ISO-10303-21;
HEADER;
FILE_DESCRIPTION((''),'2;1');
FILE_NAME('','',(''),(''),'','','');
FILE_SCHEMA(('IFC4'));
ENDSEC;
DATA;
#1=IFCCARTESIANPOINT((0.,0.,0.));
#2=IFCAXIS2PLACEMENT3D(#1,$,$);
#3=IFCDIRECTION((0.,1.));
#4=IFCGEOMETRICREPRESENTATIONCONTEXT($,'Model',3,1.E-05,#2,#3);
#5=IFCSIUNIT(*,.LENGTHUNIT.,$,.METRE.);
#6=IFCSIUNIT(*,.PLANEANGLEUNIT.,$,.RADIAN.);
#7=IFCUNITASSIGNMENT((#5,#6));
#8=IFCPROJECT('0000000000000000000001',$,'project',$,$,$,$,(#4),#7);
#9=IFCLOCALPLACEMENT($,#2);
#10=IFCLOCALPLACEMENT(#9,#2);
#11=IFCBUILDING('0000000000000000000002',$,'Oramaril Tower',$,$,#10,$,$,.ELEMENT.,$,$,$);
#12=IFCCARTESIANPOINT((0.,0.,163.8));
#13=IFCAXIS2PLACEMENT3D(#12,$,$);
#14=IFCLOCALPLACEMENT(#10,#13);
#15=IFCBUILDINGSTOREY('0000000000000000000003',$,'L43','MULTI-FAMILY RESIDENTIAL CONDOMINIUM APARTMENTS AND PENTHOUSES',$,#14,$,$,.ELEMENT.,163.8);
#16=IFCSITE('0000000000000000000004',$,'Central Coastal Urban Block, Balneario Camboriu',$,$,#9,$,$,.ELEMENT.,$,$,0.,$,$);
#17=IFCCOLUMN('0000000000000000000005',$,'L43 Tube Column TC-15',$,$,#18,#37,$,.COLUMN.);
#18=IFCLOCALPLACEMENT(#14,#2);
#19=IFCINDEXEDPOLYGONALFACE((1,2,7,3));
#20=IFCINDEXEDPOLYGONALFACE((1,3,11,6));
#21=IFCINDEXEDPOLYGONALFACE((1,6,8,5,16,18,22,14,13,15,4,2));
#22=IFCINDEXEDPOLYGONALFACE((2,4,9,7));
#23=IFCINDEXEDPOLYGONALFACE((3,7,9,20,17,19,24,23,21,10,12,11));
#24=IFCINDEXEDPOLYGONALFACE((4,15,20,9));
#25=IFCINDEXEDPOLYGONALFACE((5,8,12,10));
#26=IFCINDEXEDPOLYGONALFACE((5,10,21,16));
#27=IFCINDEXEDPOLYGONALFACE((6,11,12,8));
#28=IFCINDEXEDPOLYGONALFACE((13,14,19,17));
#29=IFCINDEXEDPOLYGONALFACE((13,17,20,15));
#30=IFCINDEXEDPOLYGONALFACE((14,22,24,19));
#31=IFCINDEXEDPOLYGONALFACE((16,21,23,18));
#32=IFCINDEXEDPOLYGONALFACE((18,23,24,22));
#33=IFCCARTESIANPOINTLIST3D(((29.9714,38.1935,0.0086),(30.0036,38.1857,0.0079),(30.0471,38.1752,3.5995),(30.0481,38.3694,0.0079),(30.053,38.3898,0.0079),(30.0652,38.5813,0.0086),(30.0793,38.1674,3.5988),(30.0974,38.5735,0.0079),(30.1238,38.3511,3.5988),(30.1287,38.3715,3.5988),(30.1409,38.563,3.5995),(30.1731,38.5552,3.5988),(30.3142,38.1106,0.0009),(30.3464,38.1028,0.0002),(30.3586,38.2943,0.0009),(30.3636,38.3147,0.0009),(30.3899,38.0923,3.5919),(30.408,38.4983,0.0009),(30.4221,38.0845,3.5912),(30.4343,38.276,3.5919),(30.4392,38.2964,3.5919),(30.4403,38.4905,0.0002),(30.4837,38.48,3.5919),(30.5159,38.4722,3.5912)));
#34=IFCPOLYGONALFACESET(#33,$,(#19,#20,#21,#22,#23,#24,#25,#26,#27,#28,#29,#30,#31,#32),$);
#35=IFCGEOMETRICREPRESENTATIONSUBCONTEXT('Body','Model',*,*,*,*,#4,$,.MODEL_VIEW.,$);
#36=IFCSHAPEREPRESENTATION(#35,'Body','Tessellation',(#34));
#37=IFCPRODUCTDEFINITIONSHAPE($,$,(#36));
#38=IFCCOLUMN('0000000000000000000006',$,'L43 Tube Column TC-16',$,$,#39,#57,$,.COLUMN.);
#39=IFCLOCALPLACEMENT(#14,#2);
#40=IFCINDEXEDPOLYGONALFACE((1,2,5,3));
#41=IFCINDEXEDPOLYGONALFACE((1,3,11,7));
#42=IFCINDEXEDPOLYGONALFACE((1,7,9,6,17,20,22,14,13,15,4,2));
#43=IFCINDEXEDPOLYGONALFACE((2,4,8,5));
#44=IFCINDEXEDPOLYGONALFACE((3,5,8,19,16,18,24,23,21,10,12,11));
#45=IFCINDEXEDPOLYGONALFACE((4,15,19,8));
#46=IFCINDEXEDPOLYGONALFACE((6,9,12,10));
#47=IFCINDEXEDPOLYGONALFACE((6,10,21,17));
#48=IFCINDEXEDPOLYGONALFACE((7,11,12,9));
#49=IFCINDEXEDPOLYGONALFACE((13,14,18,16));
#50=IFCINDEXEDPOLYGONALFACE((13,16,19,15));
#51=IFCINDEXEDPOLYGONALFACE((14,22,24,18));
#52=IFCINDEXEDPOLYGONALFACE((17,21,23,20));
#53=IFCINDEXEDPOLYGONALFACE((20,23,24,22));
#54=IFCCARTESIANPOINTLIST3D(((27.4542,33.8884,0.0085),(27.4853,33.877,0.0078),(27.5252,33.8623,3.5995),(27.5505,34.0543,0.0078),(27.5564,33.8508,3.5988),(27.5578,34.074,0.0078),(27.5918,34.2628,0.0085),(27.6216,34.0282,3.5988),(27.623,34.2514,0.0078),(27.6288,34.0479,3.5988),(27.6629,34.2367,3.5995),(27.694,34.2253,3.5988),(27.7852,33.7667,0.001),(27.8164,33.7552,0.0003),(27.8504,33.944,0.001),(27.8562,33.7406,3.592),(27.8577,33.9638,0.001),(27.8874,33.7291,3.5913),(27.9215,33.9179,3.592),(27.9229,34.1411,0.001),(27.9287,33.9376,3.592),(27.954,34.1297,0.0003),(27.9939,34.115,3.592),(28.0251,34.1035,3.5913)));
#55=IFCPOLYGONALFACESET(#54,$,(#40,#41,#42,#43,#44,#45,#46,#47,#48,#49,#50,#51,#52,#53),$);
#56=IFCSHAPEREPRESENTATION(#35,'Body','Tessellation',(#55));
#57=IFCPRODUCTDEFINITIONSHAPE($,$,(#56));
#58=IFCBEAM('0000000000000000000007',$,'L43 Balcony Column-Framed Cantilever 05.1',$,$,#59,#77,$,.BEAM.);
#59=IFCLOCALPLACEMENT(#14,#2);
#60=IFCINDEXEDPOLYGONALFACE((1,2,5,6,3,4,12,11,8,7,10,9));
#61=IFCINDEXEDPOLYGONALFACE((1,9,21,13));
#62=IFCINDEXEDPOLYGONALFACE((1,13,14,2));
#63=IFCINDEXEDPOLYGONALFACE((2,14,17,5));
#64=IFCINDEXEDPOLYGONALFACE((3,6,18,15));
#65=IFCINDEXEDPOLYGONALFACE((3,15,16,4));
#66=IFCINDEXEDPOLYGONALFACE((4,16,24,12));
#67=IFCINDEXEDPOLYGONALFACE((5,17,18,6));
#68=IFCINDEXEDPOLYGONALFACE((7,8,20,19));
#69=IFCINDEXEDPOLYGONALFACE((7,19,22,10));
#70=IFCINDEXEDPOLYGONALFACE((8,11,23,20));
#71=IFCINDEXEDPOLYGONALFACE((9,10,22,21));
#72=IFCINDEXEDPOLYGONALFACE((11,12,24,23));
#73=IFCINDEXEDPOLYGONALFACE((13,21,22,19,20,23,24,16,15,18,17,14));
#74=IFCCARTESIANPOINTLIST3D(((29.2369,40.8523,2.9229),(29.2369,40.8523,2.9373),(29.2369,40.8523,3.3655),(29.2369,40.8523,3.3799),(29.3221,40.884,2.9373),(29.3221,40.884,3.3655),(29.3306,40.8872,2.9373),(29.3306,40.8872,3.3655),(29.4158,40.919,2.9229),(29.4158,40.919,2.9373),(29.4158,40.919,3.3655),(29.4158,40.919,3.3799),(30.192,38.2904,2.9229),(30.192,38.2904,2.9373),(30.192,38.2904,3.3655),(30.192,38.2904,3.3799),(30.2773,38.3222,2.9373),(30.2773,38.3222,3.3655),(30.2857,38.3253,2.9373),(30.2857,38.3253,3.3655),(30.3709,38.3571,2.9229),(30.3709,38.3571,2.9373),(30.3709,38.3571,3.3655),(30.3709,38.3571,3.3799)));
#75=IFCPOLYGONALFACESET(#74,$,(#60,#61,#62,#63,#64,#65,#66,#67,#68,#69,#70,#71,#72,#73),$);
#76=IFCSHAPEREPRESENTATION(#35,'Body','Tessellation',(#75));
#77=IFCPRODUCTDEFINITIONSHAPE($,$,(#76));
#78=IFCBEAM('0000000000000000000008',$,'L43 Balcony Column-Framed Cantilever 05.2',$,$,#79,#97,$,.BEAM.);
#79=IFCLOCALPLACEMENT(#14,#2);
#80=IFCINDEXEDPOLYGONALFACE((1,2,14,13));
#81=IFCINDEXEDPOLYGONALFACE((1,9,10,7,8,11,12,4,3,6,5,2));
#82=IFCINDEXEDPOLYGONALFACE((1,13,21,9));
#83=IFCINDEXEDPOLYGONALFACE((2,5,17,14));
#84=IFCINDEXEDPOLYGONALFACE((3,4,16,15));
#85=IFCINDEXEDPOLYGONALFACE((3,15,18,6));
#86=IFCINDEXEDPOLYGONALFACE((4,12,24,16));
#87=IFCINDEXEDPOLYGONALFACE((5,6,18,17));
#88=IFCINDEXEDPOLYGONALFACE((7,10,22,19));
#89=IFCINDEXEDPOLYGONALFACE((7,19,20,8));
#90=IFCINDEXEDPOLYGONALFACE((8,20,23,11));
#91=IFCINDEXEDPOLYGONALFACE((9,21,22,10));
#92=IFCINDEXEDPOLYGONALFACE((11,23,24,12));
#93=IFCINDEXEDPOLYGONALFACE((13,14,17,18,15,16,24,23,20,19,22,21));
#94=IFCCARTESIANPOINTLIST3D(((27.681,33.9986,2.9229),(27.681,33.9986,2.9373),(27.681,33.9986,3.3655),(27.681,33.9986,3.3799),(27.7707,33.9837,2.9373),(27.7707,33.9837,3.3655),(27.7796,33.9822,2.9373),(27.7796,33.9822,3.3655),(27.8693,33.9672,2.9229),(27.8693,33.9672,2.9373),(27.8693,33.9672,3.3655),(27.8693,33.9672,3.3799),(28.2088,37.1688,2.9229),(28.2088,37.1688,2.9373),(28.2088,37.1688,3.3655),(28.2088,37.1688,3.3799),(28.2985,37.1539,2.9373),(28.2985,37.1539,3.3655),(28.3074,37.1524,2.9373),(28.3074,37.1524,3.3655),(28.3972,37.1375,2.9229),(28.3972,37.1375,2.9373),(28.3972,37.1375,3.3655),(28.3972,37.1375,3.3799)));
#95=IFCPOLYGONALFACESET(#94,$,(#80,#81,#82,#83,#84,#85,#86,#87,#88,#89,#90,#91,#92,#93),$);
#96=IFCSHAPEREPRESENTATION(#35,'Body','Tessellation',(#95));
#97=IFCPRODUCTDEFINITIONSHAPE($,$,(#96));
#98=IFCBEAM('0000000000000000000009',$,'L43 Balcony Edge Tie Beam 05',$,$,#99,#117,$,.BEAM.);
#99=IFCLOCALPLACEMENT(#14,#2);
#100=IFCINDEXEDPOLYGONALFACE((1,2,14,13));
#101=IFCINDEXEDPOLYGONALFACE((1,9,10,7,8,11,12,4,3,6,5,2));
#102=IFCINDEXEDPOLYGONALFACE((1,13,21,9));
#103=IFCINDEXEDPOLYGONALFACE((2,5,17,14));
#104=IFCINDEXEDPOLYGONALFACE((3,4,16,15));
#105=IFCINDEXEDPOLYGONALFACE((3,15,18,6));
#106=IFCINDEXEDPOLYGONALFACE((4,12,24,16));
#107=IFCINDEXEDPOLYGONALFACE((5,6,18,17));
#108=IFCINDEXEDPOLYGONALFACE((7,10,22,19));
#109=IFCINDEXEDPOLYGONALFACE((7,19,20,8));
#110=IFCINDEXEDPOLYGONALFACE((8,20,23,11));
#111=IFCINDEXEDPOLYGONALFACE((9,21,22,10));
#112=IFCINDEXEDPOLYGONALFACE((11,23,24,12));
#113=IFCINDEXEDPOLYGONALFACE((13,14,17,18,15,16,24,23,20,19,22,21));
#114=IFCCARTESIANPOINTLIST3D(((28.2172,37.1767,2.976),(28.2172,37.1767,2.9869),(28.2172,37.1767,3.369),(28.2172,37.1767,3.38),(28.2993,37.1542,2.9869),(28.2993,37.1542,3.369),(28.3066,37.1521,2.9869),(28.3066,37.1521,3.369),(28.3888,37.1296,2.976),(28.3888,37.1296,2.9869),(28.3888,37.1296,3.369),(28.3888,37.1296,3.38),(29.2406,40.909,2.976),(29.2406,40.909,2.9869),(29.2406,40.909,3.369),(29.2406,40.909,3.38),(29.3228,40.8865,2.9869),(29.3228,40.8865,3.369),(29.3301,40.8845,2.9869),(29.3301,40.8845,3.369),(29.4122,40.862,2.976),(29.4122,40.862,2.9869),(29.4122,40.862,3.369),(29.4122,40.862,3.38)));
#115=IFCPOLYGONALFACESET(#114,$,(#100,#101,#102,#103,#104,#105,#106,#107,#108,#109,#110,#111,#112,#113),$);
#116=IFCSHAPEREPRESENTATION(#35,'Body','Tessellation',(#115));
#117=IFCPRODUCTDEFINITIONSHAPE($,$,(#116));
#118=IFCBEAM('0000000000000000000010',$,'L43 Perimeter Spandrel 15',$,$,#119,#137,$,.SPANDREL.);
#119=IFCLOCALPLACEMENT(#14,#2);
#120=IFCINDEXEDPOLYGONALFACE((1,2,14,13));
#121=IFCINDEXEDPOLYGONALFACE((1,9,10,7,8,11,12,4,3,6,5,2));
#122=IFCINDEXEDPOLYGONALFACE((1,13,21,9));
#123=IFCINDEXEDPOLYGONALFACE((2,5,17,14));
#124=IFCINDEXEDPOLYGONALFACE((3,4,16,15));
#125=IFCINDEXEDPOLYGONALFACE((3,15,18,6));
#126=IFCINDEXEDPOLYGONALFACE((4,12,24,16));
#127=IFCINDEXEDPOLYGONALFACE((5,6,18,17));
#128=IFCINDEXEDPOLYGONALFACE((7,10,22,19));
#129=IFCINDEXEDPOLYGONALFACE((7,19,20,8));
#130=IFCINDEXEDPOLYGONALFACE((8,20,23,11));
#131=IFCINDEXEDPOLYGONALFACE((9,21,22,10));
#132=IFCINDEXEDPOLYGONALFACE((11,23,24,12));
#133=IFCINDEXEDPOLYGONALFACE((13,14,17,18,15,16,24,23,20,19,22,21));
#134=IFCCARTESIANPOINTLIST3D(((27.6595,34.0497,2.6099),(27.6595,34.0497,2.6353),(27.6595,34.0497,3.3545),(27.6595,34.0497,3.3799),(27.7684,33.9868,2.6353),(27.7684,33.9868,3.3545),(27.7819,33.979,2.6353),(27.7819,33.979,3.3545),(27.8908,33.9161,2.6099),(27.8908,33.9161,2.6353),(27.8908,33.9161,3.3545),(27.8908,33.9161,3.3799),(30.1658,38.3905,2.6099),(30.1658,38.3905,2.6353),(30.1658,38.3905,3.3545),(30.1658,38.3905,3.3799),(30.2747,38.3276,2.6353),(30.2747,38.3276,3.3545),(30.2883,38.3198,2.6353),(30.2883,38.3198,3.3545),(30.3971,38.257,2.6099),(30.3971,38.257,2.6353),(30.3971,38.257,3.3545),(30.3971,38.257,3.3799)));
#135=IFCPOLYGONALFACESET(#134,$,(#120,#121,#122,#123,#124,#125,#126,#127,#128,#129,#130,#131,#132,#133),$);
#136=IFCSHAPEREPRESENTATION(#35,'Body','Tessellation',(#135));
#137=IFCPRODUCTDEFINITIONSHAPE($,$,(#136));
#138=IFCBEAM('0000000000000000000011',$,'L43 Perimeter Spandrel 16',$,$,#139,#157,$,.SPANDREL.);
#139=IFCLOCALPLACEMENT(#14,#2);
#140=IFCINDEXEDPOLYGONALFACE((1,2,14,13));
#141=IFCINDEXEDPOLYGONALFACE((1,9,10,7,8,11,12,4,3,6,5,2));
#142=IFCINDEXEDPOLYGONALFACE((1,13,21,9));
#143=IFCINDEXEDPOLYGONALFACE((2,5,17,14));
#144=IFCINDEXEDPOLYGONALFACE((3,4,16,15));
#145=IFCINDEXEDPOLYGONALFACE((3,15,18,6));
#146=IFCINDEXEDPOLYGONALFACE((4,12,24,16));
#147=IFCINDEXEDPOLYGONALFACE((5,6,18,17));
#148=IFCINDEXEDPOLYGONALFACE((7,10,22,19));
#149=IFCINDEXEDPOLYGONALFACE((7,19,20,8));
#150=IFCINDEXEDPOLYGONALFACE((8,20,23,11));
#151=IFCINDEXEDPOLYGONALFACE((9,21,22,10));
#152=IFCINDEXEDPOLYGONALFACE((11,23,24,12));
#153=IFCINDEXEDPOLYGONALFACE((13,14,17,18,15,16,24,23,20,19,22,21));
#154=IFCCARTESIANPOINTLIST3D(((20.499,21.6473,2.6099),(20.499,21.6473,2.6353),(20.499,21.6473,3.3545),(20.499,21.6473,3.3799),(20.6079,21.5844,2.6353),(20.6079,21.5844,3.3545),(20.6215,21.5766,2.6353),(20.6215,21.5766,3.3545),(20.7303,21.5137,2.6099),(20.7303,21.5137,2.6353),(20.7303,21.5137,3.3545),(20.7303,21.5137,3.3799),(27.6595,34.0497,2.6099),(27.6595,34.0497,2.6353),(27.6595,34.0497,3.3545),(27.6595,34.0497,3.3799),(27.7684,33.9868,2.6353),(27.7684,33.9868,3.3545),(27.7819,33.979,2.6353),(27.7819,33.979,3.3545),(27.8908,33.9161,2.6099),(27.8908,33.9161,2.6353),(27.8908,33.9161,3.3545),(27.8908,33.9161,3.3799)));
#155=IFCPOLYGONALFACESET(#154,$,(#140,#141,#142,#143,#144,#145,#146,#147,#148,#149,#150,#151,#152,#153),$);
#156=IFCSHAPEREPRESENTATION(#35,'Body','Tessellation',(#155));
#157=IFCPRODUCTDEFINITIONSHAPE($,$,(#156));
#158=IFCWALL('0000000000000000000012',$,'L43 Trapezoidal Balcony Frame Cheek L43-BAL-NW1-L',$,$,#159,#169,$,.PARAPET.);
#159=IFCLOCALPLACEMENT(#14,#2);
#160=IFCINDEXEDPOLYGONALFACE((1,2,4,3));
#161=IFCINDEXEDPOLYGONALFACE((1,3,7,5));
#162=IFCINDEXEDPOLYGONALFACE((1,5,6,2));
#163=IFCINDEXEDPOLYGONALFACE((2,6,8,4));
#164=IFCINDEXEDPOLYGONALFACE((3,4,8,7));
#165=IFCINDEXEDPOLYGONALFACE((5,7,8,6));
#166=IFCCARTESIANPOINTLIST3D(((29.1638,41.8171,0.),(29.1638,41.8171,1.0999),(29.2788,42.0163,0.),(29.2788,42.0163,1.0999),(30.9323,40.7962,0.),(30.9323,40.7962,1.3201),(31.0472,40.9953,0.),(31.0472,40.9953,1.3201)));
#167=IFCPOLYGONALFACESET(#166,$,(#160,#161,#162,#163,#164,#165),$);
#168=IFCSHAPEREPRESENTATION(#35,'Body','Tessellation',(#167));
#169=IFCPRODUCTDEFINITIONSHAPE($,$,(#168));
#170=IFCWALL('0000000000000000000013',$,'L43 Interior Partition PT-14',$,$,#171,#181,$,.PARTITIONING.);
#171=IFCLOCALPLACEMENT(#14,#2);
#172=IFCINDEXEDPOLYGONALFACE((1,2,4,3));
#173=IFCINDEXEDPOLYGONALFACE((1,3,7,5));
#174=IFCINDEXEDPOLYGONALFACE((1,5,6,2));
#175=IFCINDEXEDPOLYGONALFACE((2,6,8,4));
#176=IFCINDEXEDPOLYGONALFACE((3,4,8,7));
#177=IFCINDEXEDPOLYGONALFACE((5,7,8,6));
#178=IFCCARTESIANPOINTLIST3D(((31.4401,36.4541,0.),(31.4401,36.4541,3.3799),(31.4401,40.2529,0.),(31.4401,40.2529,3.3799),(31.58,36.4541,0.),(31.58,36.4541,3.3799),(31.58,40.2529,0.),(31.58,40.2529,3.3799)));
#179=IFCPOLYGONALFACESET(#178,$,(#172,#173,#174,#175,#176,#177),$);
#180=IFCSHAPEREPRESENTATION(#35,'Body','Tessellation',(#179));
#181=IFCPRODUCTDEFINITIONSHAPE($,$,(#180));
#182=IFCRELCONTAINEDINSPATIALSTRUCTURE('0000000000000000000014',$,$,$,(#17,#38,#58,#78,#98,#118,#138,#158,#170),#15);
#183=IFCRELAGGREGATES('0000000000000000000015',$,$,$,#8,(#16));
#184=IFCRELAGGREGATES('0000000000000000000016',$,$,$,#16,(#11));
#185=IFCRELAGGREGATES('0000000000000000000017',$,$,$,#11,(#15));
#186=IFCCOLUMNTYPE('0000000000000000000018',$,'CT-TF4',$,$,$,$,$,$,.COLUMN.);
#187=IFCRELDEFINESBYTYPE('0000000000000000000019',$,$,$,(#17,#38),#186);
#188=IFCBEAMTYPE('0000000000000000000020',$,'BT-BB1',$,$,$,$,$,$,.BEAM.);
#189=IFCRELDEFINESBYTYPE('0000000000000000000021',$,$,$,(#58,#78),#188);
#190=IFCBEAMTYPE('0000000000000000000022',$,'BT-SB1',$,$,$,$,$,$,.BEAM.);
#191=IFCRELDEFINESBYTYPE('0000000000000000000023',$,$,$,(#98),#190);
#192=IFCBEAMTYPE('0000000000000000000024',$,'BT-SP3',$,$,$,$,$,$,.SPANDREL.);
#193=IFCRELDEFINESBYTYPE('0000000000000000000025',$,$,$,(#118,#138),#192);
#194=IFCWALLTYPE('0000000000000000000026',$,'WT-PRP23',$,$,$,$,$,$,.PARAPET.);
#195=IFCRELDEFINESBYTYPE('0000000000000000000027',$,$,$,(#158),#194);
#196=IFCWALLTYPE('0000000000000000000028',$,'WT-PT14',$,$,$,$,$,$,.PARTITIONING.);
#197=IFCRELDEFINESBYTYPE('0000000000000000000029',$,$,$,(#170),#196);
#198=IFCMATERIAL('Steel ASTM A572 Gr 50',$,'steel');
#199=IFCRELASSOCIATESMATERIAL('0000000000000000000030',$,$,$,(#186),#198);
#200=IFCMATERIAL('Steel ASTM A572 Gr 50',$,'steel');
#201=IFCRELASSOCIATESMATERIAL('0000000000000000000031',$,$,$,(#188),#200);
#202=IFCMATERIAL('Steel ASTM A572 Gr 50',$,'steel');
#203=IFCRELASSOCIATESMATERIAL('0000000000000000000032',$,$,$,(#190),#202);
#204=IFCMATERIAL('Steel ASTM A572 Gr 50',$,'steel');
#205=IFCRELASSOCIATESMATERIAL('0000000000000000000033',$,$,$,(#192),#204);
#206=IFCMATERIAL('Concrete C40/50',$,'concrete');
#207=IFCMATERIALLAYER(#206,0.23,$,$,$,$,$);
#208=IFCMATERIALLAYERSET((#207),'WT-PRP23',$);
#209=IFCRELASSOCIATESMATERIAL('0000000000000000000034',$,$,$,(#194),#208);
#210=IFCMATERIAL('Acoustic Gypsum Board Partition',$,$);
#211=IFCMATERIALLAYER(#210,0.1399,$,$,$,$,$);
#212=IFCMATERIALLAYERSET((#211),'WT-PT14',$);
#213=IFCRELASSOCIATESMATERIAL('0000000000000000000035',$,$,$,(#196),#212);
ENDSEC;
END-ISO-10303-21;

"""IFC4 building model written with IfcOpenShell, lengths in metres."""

from ifc_helpers import new_model, si_unit, direction, frame, frame_2d, origin, origin_2d, place, context, subcontext, project, spatial, polyline, rectangle, i_section, outline, extrude, material, layer, layer_set, material_profile, profile_set, type_object, element, save


model = new_model("IFC4")

# Units and contexts
model_context = context("Model", 3, precision=1e-05, world=origin(), true_north=direction((0.0, 1.0)))
body_context = subcontext(model_context, "Body", "Model", "MODEL_VIEW")
ifc_project = project(units=[si_unit("LENGTHUNIT", "METRE"), si_unit("PLANEANGLEUNIT", "RADIAN")], contexts=[model_context])

# Site, building, storey
site_placement = place(None, origin())
site = spatial("IfcSite", under=ifc_project, at=site_placement, Name="Central Coastal Urban Block, Balneario Camboriu", CompositionType="ELEMENT", RefElevation=0.0)
building_placement = place(site_placement, origin())
building = spatial("IfcBuilding", under=site, at=building_placement, Name="Oramaril Tower", CompositionType="ELEMENT")
storey_placement = place(building_placement, frame((0.0, 0.0, 163.8)))
storey = spatial("IfcBuildingStorey", under=building, at=storey_placement, Name="L43", Description="MULTI-FAMILY RESIDENTIAL CONDOMINIUM APARTMENTS AND PENTHOUSES", CompositionType="ELEMENT", Elevation=163.8)

# Columns
ifc_material_1 = material(Name="Steel ASTM A572 Gr 50", Category="steel")
ifc_material_profile_1 = material_profile(ifc_material_1, i_section(OverallWidth=0.3989, OverallDepth=0.386, WebThickness=0.021, FlangeThickness=0.0332, at=origin_2d()), Name="W14X176")
ifc_profile_set_1 = profile_set([ifc_material_profile_1], Name="Steel ASTM A572 Gr 50")
column_type = type_object("IfcColumnType", Name="CT-TF4", PredefinedType="COLUMN", material=ifc_profile_set_1)
for number, where, z_axis, x_axis, name in (
    (1, (30.2058, 38.342, 0.0044), (0.021071, -0.005098, 0.999765), (0.235151, 0.971959, 0.0), "L43 Tube Column TC-15"),
    (2, (27.7041, 34.009, 0.0044), (0.019779, -0.007273, 0.999778), (0.345107, 0.938563, 0.0), "L43 Tube Column TC-16"),
):
    element("IfcColumn", number, at=place(storey_placement, frame(where, z_axis=z_axis, x_axis=x_axis)), inside=storey, type_object=column_type, Name=name, PredefinedType="COLUMN", context=body_context, shape_type="SweptSolid", body=[
        extrude(i_section(OverallWidth=0.3989, OverallDepth=0.386, WebThickness=0.021, FlangeThickness=0.0332, at=origin_2d()), origin(), (0.0, 0.0, 1.0), 3.5918),
    ])

# Beams
ifc_material_2 = material(Name="Steel ASTM A572 Gr 50", Category="steel")
ifc_material_profile_2 = material_profile(ifc_material_2, i_section(OverallWidth=0.1909, OverallDepth=0.457, WebThickness=0.009, FlangeThickness=0.0144, at=origin_2d()), Name="W18X50")
ifc_profile_set_2 = profile_set([ifc_material_profile_2], Name="Steel ASTM A572 Gr 50")
beam_type_1 = type_object("IfcBeamType", Name="BT-BB1", PredefinedType="BEAM", material=ifc_profile_set_2)
beam_1_placement = place(storey_placement, frame((30.2815, 38.3237, 3.1514), z_axis=(-0.349332, 0.936999, 0.0), x_axis=(-0.936999, -0.349332, 0.0)))
element("IfcBeam", 3, at=beam_1_placement, inside=storey, type_object=beam_type_1, Name="L43 Balcony Column-Framed Cantilever 05.1", PredefinedType="BEAM", context=body_context, shape_type="SweptSolid", body=[
    extrude(i_section(OverallWidth=0.1909, OverallDepth=0.457, WebThickness=0.009, FlangeThickness=0.0144, at=origin_2d()), origin(), (0.0, 0.0, 1.0), 2.7341),
])
beam_2_placement = place(storey_placement, frame((27.7751, 33.9829, 3.1514), z_axis=(0.164239, 0.986421, 0.0), x_axis=(-0.986421, 0.164239, 0.0)))
element("IfcBeam", 4, at=beam_2_placement, inside=storey, type_object=beam_type_1, Name="L43 Balcony Column-Framed Cantilever 05.2", PredefinedType="BEAM", context=body_context, shape_type="SweptSolid", body=[
    extrude(i_section(OverallWidth=0.1909, OverallDepth=0.457, WebThickness=0.009, FlangeThickness=0.0144, at=origin_2d()), origin(), (0.0, 0.0, 1.0), 3.2139),
])
ifc_material_3 = material(Name="Steel ASTM A572 Gr 50", Category="steel")
ifc_material_profile_3 = material_profile(ifc_material_3, i_section(OverallWidth=0.178, OverallDepth=0.4041, WebThickness=0.0076, FlangeThickness=0.011, at=origin_2d()), Name="W16X36")
ifc_profile_set_3 = profile_set([ifc_material_profile_3], Name="Steel ASTM A572 Gr 50")
beam_type_2 = type_object("IfcBeamType", Name="BT-SB1", PredefinedType="BEAM", material=ifc_profile_set_3)
beam_3_placement = place(storey_placement, frame((29.3264, 40.8855, 3.178), z_axis=(-0.264441, -0.964402, 0.0), x_axis=(0.964402, -0.264441, 0.0)))
element("IfcBeam", 5, at=beam_3_placement, inside=storey, type_object=beam_type_2, Name="L43 Balcony Edge Tie Beam 05", PredefinedType="BEAM", context=body_context, shape_type="SweptSolid", body=[
    extrude(i_section(OverallWidth=0.178, OverallDepth=0.4041, WebThickness=0.0076, FlangeThickness=0.011, at=origin_2d()), origin(), (0.0, 0.0, 1.0), 3.8701),
])
ifc_material_4 = material(Name="Steel ASTM A572 Gr 50", Category="steel")
ifc_material_profile_4 = material_profile(ifc_material_4, i_section(OverallWidth=0.2671, OverallDepth=0.77, WebThickness=0.0156, FlangeThickness=0.0254, at=origin_2d()), Name="W30X132")
ifc_profile_set_4 = profile_set([ifc_material_profile_4], Name="Steel ASTM A572 Gr 50")
beam_type_3 = type_object("IfcBeamType", Name="BT-SP3", PredefinedType="SPANDREL", material=ifc_profile_set_4)
beam_4_placement = place(storey_placement, frame((30.2815, 38.3237, 2.9949), z_axis=(-0.500026, -0.86601, 0.0), x_axis=(0.86601, -0.500026, 0.0)))
element("IfcBeam", 6, at=beam_4_placement, inside=storey, type_object=beam_type_3, Name="L43 Perimeter Spandrel 15", PredefinedType="SPANDREL", context=body_context, shape_type="SweptSolid", body=[
    extrude(i_section(OverallWidth=0.2671, OverallDepth=0.77, WebThickness=0.0156, FlangeThickness=0.0254, at=origin_2d()), origin(), (0.0, 0.0, 1.0), 5.0125),
])
beam_5_placement = place(storey_placement, frame((27.7751, 33.9829, 2.9949), z_axis=(-0.499995, -0.866028, 0.0), x_axis=(0.866028, -0.499995, 0.0)))
element("IfcBeam", 7, at=beam_5_placement, inside=storey, type_object=beam_type_3, Name="L43 Perimeter Spandrel 16", PredefinedType="SPANDREL", context=body_context, shape_type="SweptSolid", body=[
    extrude(i_section(OverallWidth=0.2671, OverallDepth=0.77, WebThickness=0.0156, FlangeThickness=0.0254, at=origin_2d()), origin(), (0.0, 0.0, 1.0), 14.321),
])

# Walls
ifc_material_5 = material(Name="Concrete C40/50", Category="concrete")
ifc_layer_1 = layer(ifc_material_5, 0.23)
ifc_layer_set_1 = layer_set([ifc_layer_1], Name="WT-PRP23")
wall_type_1 = type_object("IfcWallType", Name="WT-PRP23", PredefinedType="PARAPET", material=ifc_layer_set_1)
wall_1_placement = place(storey_placement, frame((30.9897, 40.8958, 0.0), z_axis=(0.0, 0.0, 1.0), x_axis=(-0.866042, 0.499971, 0.0)))
element("IfcWall", 8, at=wall_1_placement, inside=storey, type_object=wall_type_1, Name="L43 Trapezoidal Balcony Frame Cheek L43-BAL-NW1-L", PredefinedType="PARAPET", context=body_context, shape_type="SweptSolid", body=[
    extrude(outline(polyline([(0.0, 0.0), (2.042, 0.0), (2.042, 1.0999), (0.0, 1.3201), (0.0, 0.0)])), frame((0.0, 0.115, 0.0), z_axis=(0.0, -1.0, 0.0), x_axis=(1.0, 0.0, 0.0)), (0.0, 0.0, 1.0), 0.23),
])
ifc_material_6 = material(Name="Acoustic Gypsum Board Partition")
ifc_layer_2 = layer(ifc_material_6, 0.1399)
ifc_layer_set_2 = layer_set([ifc_layer_2], Name="WT-PT14")
wall_type_2 = type_object("IfcWallType", Name="WT-PT14", PredefinedType="PARTITIONING", material=ifc_layer_set_2)
wall_2_placement = place(storey_placement, frame((31.51, 36.4541, 0.0), z_axis=(0.0, 0.0, 1.0), x_axis=(0.0, 1.0, 0.0)))
element("IfcWall", 9, at=wall_2_placement, inside=storey, type_object=wall_type_2, Name="L43 Interior Partition PT-14", PredefinedType="PARTITIONING", context=body_context, shape_type="SweptSolid", body=[
    extrude(rectangle(XDim=3.7988, YDim=0.1399, at=frame_2d((1.8994, 0.0))), origin(), (0.0, 0.0, 1.0), 3.3799),
])

save(model, "model.ifc")
